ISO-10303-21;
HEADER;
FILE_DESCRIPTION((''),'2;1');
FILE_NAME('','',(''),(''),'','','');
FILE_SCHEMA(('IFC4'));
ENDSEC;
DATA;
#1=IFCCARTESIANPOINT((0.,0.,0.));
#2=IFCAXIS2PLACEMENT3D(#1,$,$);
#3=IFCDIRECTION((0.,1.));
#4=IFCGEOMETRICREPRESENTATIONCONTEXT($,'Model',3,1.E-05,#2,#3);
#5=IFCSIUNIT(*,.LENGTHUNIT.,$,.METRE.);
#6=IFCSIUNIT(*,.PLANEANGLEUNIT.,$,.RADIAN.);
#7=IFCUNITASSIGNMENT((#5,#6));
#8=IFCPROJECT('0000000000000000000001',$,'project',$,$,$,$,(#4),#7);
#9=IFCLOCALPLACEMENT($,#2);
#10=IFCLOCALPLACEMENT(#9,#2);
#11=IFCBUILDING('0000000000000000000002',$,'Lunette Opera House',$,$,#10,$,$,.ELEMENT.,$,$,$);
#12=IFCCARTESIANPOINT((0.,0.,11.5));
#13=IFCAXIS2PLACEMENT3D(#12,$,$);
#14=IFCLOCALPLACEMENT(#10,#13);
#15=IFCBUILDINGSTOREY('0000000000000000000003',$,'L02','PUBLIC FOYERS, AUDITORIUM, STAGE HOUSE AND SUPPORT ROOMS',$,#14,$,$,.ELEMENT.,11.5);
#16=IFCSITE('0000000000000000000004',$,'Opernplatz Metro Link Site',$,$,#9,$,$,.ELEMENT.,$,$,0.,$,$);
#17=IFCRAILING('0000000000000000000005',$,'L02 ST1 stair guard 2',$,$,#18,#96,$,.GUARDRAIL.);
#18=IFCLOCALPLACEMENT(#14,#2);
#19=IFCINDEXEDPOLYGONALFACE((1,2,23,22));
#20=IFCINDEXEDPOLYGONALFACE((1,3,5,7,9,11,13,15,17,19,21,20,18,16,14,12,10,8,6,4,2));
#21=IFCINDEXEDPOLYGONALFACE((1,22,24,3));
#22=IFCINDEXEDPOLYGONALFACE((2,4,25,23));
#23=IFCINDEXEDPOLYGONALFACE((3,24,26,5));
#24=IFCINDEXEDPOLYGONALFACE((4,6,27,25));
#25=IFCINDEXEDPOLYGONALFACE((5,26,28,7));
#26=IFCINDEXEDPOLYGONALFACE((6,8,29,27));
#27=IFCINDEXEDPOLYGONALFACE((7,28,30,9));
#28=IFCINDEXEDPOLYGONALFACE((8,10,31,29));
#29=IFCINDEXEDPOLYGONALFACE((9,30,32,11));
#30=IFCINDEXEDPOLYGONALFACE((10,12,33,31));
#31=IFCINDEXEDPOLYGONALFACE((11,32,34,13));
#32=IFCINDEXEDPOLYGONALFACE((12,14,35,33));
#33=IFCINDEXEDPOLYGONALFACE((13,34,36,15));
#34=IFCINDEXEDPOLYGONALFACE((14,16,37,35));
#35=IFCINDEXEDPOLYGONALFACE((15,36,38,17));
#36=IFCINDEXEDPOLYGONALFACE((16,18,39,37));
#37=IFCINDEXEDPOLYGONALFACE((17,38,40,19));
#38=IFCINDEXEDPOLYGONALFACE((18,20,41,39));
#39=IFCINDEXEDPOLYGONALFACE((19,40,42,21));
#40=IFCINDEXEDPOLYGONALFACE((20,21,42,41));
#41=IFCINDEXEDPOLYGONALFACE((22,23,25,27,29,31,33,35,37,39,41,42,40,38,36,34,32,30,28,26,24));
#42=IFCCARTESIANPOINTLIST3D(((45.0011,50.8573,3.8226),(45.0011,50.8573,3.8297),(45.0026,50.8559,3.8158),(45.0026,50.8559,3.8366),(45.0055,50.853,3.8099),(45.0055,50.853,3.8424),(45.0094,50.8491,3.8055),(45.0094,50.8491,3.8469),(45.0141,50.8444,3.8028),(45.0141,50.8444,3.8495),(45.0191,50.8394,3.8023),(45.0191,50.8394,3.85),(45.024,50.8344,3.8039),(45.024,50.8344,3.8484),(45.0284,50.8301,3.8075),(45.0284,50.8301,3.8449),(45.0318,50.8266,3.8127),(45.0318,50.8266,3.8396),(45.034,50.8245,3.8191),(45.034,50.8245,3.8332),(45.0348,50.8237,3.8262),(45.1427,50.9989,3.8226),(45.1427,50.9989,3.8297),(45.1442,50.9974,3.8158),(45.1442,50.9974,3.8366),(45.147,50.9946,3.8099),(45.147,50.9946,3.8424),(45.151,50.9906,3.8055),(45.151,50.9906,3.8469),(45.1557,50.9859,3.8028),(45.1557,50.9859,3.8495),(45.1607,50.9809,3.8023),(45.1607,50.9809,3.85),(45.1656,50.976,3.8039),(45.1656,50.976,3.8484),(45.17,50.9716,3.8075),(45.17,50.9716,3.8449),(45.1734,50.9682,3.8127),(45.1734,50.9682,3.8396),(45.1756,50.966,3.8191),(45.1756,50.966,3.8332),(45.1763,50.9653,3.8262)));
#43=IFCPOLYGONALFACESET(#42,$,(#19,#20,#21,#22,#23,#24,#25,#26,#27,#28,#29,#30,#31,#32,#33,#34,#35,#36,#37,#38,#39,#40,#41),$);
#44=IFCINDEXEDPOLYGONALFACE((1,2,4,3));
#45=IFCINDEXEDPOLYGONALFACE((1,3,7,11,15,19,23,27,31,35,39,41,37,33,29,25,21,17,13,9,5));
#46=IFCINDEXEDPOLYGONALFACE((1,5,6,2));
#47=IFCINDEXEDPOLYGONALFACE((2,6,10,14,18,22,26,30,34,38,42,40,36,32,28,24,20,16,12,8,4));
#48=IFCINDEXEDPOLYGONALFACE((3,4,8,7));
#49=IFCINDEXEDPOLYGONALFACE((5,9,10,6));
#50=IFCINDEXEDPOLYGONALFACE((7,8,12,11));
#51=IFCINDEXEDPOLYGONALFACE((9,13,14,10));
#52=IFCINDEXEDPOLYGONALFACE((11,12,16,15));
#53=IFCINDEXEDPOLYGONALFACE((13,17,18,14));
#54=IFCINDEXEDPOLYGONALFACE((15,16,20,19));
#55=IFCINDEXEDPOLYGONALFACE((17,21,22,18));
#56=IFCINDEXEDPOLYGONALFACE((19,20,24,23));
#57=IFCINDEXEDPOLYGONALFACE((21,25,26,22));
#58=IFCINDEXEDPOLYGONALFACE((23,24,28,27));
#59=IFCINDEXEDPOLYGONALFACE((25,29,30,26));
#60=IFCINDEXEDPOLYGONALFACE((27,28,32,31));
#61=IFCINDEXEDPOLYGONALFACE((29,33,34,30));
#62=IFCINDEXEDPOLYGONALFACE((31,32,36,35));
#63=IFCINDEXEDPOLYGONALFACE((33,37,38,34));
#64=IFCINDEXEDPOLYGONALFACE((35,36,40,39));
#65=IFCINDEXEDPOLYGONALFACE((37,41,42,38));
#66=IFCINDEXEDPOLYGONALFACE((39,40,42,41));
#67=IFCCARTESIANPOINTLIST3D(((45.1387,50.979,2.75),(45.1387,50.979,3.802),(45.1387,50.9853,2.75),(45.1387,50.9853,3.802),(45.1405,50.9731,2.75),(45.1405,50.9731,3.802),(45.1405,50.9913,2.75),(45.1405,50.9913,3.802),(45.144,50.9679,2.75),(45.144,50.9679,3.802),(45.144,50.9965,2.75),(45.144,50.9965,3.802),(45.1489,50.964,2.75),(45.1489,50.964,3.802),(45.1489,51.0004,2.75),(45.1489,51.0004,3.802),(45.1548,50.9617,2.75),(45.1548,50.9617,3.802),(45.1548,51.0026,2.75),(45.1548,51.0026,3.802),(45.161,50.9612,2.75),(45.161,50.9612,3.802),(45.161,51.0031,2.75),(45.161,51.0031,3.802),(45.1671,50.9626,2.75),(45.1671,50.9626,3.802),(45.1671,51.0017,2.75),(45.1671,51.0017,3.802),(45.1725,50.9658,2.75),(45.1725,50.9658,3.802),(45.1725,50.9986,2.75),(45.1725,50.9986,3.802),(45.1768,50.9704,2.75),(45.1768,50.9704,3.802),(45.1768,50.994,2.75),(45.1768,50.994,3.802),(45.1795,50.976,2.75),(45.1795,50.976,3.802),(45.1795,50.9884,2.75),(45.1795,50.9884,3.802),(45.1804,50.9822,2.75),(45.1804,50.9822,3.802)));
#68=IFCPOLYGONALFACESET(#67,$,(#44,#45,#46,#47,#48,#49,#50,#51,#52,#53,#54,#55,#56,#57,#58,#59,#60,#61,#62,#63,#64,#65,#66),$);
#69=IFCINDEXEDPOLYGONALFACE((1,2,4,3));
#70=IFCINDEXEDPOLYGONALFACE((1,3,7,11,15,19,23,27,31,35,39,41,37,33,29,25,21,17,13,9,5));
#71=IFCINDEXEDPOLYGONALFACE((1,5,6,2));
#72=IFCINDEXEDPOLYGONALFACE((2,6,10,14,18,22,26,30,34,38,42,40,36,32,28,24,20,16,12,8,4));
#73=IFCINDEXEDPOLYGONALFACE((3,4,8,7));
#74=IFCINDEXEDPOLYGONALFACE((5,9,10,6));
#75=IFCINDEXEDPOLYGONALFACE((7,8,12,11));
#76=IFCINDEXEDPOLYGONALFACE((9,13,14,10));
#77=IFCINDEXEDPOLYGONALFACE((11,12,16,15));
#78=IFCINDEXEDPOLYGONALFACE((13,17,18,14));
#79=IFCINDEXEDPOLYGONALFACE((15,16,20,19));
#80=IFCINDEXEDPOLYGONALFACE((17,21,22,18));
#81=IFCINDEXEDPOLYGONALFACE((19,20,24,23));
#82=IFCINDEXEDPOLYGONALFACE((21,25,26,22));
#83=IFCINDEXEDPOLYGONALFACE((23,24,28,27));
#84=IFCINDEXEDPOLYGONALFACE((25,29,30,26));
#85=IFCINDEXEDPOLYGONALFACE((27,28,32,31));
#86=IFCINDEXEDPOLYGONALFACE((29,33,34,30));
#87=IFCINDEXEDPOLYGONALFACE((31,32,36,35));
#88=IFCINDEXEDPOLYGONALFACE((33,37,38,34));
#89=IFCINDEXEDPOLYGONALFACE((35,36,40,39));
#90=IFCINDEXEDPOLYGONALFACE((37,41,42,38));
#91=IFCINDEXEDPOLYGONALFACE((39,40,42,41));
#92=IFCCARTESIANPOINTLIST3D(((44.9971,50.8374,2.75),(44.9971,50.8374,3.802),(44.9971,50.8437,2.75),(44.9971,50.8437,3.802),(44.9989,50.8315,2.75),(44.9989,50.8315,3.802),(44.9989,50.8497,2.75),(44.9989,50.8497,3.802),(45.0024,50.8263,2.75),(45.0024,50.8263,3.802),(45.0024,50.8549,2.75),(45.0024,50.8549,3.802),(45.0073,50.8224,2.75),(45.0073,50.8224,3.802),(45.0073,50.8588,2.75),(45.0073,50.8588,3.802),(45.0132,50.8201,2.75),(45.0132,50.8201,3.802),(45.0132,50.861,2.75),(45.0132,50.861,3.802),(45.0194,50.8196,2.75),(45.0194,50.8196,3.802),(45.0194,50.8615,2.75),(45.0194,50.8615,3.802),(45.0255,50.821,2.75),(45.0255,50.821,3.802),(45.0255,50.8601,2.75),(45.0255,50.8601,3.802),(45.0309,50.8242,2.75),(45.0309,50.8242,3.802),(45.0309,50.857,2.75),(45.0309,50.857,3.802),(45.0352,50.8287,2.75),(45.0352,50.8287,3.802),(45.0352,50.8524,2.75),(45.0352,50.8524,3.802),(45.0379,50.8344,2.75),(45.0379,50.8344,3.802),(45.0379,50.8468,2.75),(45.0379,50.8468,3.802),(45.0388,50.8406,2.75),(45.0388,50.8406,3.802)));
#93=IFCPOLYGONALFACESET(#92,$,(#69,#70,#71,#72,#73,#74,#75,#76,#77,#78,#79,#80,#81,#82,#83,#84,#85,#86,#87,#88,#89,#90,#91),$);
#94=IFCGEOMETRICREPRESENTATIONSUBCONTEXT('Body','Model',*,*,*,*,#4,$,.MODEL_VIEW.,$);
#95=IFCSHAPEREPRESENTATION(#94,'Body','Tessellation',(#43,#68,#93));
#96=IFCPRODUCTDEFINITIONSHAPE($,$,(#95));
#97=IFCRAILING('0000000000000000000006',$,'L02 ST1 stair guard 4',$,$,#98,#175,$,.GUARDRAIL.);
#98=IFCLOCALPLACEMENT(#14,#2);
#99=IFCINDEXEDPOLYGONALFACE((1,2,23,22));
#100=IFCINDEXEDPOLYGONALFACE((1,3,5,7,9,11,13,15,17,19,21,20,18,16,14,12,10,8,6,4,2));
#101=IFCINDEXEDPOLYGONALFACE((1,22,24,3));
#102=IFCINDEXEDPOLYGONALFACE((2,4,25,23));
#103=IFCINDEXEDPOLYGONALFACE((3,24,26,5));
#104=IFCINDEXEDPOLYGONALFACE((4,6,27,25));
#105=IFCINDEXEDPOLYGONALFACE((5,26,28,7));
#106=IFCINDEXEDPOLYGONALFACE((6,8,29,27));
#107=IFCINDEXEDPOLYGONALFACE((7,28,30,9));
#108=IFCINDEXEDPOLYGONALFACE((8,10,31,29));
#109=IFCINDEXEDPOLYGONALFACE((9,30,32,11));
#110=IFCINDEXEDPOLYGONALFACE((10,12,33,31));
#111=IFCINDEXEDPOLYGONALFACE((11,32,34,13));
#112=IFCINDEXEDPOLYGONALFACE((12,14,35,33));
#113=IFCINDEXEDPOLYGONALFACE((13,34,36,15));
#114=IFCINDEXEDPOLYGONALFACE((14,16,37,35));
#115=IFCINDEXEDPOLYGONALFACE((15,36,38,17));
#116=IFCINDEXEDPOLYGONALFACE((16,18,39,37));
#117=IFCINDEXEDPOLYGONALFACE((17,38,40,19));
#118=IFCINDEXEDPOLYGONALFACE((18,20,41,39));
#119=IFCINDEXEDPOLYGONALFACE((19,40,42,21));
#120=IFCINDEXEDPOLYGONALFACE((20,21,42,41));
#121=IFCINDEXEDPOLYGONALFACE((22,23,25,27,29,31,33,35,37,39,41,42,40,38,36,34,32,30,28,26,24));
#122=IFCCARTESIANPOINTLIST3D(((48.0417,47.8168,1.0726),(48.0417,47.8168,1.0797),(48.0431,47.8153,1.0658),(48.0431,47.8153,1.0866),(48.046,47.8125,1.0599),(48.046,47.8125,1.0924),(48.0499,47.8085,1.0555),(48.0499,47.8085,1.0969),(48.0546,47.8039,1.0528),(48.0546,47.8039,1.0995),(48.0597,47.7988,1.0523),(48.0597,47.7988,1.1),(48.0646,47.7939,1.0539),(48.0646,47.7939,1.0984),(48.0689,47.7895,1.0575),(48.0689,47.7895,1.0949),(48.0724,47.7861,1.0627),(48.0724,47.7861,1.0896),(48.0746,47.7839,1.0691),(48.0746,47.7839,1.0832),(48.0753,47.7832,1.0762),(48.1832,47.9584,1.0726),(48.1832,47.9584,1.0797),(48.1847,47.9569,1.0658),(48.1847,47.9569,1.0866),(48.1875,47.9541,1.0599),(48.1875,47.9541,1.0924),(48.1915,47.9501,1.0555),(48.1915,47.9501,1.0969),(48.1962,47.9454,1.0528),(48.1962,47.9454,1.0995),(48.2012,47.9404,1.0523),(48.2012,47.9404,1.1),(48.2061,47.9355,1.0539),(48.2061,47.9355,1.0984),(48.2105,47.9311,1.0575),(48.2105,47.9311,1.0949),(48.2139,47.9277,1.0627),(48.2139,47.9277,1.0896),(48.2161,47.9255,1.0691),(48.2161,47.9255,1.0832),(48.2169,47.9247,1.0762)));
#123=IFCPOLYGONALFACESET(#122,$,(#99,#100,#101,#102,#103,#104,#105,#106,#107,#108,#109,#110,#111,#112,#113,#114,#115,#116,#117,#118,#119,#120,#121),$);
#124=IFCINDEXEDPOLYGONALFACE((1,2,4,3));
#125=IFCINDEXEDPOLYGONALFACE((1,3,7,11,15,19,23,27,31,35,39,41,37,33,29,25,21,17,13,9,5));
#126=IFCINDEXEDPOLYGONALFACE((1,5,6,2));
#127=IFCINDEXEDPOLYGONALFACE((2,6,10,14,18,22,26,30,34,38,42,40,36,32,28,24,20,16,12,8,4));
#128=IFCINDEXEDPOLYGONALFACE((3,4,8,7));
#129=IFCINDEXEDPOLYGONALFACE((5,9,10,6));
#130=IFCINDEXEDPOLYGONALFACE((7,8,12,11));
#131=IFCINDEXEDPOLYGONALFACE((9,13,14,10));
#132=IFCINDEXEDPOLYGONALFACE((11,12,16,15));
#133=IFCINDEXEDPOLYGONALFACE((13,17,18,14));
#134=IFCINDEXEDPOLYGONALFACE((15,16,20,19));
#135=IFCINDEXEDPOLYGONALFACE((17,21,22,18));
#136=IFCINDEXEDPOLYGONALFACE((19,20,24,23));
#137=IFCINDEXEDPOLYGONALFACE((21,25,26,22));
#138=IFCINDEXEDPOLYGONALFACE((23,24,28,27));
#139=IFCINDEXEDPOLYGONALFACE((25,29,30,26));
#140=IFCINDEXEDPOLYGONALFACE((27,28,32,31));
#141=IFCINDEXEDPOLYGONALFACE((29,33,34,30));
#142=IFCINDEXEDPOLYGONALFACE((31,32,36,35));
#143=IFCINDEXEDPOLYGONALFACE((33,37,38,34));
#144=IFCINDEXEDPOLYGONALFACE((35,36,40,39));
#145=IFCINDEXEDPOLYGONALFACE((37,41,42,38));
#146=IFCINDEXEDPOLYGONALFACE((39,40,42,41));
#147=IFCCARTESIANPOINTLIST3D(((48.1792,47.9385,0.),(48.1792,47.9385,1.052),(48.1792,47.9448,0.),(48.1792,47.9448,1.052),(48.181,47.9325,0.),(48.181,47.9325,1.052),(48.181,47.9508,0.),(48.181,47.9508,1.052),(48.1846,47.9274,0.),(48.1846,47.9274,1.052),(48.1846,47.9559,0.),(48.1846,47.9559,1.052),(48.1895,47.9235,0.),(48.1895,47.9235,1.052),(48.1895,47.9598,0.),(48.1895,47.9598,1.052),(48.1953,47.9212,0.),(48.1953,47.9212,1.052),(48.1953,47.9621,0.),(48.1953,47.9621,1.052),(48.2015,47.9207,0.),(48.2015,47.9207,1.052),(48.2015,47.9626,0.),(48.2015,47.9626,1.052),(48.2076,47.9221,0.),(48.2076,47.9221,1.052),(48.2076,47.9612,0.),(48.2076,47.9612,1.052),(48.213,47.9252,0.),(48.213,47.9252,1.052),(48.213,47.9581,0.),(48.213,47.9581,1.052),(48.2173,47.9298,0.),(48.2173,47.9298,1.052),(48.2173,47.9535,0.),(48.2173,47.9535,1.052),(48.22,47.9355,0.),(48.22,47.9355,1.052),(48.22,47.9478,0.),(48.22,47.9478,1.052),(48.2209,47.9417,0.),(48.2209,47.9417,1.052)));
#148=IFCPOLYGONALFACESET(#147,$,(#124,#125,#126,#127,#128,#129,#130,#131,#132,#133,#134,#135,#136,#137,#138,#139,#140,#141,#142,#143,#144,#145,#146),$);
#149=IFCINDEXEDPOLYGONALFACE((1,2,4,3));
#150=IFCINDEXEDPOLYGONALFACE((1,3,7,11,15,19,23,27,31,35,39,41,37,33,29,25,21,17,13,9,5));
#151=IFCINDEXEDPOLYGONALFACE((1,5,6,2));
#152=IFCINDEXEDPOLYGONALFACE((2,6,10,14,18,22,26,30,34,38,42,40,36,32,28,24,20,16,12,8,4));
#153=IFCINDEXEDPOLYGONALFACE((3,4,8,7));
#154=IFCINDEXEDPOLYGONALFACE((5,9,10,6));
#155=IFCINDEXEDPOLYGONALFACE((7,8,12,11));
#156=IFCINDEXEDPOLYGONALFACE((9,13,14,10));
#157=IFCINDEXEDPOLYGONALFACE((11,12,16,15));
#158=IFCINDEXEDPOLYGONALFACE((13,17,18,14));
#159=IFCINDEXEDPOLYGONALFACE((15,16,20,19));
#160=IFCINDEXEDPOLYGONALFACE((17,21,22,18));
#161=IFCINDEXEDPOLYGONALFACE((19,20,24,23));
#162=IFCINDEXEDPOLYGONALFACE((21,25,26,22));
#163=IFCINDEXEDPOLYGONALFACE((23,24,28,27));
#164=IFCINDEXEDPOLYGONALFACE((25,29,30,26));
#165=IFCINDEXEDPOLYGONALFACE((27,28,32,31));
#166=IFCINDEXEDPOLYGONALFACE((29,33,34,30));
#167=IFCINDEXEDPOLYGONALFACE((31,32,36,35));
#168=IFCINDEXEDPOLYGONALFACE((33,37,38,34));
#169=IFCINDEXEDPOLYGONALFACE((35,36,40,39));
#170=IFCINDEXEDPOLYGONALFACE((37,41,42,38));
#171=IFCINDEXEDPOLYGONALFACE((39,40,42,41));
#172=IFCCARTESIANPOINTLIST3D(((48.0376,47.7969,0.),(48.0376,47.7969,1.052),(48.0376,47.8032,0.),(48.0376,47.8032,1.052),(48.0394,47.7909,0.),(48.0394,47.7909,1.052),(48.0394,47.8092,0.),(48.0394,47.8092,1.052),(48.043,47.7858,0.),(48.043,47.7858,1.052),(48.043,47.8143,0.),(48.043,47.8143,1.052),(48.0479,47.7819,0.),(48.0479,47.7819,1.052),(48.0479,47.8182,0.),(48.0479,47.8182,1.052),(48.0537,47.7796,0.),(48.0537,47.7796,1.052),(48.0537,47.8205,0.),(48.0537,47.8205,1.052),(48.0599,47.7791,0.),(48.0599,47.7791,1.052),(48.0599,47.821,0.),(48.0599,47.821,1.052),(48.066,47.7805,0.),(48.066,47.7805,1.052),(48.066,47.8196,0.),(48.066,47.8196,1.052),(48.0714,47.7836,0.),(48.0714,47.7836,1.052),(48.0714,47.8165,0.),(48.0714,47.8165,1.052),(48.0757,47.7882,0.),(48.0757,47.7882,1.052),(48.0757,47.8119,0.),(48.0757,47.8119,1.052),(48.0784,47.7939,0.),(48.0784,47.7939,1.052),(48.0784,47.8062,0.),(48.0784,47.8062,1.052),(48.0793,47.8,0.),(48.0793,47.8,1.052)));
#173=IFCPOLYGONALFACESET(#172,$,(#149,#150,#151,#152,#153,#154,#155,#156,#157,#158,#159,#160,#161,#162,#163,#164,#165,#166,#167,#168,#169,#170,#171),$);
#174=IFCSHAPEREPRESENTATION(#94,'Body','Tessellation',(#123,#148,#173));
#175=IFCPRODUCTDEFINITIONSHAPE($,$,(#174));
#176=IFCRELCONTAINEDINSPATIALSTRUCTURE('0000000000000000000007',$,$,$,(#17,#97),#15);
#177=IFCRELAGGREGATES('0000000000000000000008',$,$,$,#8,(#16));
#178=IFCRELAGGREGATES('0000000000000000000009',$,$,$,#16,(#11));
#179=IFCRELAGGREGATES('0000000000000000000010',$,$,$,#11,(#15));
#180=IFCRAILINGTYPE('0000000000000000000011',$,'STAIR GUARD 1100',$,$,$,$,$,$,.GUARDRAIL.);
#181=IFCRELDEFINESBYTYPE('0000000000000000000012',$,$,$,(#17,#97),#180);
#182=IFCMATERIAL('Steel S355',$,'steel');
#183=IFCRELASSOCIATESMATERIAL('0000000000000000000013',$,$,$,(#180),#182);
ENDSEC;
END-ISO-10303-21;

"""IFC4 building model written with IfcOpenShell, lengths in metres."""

from ifc_helpers import new_model, si_unit, direction, frame, origin, origin_2d, place, context, subcontext, project, spatial, circle, extrude, material, type_object, element, save


model = new_model("IFC4")

# Units and contexts
model_context = context("Model", 3, precision=1e-05, world=origin(), true_north=direction((0.0, 1.0)))
body_context = subcontext(model_context, "Body", "Model", "MODEL_VIEW")
ifc_project = project(units=[si_unit("LENGTHUNIT", "METRE"), si_unit("PLANEANGLEUNIT", "RADIAN")], contexts=[model_context])

# Site, building, storey
site_placement = place(None, origin())
site = spatial("IfcSite", under=ifc_project, at=site_placement, Name="Opernplatz Metro Link Site", CompositionType="ELEMENT", RefElevation=0.0)
building_placement = place(site_placement, origin())
building = spatial("IfcBuilding", under=site, at=building_placement, Name="Lunette Opera House", CompositionType="ELEMENT")
storey_placement = place(building_placement, frame((0.0, 0.0, 11.5)))
storey = spatial("IfcBuildingStorey", under=building, at=storey_placement, Name="L02", Description="PUBLIC FOYERS, AUDITORIUM, STAGE HOUSE AND SUPPORT ROOMS", CompositionType="ELEMENT", Elevation=11.5)

# Railings
ifc_material_1 = material(Name="Steel S355", Category="steel")
railing_type_1 = type_object("IfcRailingType", Name="STAIR GUARD 1100", PredefinedType="GUARDRAIL", material=ifc_material_1)
for number, where, name in (
    (1, (45.1594, 50.9822, 2.75), "L02 ST1 stair guard 2"),
    (2, (48.2, 47.9417, 0.0), "L02 ST1 stair guard 4"),
):
    element("IfcRailing", number, at=place(storey_placement, frame(where)), inside=storey, type_object=railing_type_1, Name=name, PredefinedType="GUARDRAIL", context=body_context, shape_type="SweptSolid", body=[
        extrude(circle(Radius=0.0239, at=origin_2d()), frame((0.0, 0.0, 1.0762), z_axis=(-0.707107, -0.707107, 0.0), x_axis=(0.707107, -0.707107, 0.0)), (0.0, 0.0, 1.0), 0.2002),
        extrude(circle(Radius=0.021, at=origin_2d()), origin(), (0.0, 0.0, 1.0), 1.052),
        extrude(circle(Radius=0.021, at=origin_2d()), frame((-0.1416, -0.1416, 0.0)), (0.0, 0.0, 1.0), 1.052),
    ])

save(model, "model.ifc")
